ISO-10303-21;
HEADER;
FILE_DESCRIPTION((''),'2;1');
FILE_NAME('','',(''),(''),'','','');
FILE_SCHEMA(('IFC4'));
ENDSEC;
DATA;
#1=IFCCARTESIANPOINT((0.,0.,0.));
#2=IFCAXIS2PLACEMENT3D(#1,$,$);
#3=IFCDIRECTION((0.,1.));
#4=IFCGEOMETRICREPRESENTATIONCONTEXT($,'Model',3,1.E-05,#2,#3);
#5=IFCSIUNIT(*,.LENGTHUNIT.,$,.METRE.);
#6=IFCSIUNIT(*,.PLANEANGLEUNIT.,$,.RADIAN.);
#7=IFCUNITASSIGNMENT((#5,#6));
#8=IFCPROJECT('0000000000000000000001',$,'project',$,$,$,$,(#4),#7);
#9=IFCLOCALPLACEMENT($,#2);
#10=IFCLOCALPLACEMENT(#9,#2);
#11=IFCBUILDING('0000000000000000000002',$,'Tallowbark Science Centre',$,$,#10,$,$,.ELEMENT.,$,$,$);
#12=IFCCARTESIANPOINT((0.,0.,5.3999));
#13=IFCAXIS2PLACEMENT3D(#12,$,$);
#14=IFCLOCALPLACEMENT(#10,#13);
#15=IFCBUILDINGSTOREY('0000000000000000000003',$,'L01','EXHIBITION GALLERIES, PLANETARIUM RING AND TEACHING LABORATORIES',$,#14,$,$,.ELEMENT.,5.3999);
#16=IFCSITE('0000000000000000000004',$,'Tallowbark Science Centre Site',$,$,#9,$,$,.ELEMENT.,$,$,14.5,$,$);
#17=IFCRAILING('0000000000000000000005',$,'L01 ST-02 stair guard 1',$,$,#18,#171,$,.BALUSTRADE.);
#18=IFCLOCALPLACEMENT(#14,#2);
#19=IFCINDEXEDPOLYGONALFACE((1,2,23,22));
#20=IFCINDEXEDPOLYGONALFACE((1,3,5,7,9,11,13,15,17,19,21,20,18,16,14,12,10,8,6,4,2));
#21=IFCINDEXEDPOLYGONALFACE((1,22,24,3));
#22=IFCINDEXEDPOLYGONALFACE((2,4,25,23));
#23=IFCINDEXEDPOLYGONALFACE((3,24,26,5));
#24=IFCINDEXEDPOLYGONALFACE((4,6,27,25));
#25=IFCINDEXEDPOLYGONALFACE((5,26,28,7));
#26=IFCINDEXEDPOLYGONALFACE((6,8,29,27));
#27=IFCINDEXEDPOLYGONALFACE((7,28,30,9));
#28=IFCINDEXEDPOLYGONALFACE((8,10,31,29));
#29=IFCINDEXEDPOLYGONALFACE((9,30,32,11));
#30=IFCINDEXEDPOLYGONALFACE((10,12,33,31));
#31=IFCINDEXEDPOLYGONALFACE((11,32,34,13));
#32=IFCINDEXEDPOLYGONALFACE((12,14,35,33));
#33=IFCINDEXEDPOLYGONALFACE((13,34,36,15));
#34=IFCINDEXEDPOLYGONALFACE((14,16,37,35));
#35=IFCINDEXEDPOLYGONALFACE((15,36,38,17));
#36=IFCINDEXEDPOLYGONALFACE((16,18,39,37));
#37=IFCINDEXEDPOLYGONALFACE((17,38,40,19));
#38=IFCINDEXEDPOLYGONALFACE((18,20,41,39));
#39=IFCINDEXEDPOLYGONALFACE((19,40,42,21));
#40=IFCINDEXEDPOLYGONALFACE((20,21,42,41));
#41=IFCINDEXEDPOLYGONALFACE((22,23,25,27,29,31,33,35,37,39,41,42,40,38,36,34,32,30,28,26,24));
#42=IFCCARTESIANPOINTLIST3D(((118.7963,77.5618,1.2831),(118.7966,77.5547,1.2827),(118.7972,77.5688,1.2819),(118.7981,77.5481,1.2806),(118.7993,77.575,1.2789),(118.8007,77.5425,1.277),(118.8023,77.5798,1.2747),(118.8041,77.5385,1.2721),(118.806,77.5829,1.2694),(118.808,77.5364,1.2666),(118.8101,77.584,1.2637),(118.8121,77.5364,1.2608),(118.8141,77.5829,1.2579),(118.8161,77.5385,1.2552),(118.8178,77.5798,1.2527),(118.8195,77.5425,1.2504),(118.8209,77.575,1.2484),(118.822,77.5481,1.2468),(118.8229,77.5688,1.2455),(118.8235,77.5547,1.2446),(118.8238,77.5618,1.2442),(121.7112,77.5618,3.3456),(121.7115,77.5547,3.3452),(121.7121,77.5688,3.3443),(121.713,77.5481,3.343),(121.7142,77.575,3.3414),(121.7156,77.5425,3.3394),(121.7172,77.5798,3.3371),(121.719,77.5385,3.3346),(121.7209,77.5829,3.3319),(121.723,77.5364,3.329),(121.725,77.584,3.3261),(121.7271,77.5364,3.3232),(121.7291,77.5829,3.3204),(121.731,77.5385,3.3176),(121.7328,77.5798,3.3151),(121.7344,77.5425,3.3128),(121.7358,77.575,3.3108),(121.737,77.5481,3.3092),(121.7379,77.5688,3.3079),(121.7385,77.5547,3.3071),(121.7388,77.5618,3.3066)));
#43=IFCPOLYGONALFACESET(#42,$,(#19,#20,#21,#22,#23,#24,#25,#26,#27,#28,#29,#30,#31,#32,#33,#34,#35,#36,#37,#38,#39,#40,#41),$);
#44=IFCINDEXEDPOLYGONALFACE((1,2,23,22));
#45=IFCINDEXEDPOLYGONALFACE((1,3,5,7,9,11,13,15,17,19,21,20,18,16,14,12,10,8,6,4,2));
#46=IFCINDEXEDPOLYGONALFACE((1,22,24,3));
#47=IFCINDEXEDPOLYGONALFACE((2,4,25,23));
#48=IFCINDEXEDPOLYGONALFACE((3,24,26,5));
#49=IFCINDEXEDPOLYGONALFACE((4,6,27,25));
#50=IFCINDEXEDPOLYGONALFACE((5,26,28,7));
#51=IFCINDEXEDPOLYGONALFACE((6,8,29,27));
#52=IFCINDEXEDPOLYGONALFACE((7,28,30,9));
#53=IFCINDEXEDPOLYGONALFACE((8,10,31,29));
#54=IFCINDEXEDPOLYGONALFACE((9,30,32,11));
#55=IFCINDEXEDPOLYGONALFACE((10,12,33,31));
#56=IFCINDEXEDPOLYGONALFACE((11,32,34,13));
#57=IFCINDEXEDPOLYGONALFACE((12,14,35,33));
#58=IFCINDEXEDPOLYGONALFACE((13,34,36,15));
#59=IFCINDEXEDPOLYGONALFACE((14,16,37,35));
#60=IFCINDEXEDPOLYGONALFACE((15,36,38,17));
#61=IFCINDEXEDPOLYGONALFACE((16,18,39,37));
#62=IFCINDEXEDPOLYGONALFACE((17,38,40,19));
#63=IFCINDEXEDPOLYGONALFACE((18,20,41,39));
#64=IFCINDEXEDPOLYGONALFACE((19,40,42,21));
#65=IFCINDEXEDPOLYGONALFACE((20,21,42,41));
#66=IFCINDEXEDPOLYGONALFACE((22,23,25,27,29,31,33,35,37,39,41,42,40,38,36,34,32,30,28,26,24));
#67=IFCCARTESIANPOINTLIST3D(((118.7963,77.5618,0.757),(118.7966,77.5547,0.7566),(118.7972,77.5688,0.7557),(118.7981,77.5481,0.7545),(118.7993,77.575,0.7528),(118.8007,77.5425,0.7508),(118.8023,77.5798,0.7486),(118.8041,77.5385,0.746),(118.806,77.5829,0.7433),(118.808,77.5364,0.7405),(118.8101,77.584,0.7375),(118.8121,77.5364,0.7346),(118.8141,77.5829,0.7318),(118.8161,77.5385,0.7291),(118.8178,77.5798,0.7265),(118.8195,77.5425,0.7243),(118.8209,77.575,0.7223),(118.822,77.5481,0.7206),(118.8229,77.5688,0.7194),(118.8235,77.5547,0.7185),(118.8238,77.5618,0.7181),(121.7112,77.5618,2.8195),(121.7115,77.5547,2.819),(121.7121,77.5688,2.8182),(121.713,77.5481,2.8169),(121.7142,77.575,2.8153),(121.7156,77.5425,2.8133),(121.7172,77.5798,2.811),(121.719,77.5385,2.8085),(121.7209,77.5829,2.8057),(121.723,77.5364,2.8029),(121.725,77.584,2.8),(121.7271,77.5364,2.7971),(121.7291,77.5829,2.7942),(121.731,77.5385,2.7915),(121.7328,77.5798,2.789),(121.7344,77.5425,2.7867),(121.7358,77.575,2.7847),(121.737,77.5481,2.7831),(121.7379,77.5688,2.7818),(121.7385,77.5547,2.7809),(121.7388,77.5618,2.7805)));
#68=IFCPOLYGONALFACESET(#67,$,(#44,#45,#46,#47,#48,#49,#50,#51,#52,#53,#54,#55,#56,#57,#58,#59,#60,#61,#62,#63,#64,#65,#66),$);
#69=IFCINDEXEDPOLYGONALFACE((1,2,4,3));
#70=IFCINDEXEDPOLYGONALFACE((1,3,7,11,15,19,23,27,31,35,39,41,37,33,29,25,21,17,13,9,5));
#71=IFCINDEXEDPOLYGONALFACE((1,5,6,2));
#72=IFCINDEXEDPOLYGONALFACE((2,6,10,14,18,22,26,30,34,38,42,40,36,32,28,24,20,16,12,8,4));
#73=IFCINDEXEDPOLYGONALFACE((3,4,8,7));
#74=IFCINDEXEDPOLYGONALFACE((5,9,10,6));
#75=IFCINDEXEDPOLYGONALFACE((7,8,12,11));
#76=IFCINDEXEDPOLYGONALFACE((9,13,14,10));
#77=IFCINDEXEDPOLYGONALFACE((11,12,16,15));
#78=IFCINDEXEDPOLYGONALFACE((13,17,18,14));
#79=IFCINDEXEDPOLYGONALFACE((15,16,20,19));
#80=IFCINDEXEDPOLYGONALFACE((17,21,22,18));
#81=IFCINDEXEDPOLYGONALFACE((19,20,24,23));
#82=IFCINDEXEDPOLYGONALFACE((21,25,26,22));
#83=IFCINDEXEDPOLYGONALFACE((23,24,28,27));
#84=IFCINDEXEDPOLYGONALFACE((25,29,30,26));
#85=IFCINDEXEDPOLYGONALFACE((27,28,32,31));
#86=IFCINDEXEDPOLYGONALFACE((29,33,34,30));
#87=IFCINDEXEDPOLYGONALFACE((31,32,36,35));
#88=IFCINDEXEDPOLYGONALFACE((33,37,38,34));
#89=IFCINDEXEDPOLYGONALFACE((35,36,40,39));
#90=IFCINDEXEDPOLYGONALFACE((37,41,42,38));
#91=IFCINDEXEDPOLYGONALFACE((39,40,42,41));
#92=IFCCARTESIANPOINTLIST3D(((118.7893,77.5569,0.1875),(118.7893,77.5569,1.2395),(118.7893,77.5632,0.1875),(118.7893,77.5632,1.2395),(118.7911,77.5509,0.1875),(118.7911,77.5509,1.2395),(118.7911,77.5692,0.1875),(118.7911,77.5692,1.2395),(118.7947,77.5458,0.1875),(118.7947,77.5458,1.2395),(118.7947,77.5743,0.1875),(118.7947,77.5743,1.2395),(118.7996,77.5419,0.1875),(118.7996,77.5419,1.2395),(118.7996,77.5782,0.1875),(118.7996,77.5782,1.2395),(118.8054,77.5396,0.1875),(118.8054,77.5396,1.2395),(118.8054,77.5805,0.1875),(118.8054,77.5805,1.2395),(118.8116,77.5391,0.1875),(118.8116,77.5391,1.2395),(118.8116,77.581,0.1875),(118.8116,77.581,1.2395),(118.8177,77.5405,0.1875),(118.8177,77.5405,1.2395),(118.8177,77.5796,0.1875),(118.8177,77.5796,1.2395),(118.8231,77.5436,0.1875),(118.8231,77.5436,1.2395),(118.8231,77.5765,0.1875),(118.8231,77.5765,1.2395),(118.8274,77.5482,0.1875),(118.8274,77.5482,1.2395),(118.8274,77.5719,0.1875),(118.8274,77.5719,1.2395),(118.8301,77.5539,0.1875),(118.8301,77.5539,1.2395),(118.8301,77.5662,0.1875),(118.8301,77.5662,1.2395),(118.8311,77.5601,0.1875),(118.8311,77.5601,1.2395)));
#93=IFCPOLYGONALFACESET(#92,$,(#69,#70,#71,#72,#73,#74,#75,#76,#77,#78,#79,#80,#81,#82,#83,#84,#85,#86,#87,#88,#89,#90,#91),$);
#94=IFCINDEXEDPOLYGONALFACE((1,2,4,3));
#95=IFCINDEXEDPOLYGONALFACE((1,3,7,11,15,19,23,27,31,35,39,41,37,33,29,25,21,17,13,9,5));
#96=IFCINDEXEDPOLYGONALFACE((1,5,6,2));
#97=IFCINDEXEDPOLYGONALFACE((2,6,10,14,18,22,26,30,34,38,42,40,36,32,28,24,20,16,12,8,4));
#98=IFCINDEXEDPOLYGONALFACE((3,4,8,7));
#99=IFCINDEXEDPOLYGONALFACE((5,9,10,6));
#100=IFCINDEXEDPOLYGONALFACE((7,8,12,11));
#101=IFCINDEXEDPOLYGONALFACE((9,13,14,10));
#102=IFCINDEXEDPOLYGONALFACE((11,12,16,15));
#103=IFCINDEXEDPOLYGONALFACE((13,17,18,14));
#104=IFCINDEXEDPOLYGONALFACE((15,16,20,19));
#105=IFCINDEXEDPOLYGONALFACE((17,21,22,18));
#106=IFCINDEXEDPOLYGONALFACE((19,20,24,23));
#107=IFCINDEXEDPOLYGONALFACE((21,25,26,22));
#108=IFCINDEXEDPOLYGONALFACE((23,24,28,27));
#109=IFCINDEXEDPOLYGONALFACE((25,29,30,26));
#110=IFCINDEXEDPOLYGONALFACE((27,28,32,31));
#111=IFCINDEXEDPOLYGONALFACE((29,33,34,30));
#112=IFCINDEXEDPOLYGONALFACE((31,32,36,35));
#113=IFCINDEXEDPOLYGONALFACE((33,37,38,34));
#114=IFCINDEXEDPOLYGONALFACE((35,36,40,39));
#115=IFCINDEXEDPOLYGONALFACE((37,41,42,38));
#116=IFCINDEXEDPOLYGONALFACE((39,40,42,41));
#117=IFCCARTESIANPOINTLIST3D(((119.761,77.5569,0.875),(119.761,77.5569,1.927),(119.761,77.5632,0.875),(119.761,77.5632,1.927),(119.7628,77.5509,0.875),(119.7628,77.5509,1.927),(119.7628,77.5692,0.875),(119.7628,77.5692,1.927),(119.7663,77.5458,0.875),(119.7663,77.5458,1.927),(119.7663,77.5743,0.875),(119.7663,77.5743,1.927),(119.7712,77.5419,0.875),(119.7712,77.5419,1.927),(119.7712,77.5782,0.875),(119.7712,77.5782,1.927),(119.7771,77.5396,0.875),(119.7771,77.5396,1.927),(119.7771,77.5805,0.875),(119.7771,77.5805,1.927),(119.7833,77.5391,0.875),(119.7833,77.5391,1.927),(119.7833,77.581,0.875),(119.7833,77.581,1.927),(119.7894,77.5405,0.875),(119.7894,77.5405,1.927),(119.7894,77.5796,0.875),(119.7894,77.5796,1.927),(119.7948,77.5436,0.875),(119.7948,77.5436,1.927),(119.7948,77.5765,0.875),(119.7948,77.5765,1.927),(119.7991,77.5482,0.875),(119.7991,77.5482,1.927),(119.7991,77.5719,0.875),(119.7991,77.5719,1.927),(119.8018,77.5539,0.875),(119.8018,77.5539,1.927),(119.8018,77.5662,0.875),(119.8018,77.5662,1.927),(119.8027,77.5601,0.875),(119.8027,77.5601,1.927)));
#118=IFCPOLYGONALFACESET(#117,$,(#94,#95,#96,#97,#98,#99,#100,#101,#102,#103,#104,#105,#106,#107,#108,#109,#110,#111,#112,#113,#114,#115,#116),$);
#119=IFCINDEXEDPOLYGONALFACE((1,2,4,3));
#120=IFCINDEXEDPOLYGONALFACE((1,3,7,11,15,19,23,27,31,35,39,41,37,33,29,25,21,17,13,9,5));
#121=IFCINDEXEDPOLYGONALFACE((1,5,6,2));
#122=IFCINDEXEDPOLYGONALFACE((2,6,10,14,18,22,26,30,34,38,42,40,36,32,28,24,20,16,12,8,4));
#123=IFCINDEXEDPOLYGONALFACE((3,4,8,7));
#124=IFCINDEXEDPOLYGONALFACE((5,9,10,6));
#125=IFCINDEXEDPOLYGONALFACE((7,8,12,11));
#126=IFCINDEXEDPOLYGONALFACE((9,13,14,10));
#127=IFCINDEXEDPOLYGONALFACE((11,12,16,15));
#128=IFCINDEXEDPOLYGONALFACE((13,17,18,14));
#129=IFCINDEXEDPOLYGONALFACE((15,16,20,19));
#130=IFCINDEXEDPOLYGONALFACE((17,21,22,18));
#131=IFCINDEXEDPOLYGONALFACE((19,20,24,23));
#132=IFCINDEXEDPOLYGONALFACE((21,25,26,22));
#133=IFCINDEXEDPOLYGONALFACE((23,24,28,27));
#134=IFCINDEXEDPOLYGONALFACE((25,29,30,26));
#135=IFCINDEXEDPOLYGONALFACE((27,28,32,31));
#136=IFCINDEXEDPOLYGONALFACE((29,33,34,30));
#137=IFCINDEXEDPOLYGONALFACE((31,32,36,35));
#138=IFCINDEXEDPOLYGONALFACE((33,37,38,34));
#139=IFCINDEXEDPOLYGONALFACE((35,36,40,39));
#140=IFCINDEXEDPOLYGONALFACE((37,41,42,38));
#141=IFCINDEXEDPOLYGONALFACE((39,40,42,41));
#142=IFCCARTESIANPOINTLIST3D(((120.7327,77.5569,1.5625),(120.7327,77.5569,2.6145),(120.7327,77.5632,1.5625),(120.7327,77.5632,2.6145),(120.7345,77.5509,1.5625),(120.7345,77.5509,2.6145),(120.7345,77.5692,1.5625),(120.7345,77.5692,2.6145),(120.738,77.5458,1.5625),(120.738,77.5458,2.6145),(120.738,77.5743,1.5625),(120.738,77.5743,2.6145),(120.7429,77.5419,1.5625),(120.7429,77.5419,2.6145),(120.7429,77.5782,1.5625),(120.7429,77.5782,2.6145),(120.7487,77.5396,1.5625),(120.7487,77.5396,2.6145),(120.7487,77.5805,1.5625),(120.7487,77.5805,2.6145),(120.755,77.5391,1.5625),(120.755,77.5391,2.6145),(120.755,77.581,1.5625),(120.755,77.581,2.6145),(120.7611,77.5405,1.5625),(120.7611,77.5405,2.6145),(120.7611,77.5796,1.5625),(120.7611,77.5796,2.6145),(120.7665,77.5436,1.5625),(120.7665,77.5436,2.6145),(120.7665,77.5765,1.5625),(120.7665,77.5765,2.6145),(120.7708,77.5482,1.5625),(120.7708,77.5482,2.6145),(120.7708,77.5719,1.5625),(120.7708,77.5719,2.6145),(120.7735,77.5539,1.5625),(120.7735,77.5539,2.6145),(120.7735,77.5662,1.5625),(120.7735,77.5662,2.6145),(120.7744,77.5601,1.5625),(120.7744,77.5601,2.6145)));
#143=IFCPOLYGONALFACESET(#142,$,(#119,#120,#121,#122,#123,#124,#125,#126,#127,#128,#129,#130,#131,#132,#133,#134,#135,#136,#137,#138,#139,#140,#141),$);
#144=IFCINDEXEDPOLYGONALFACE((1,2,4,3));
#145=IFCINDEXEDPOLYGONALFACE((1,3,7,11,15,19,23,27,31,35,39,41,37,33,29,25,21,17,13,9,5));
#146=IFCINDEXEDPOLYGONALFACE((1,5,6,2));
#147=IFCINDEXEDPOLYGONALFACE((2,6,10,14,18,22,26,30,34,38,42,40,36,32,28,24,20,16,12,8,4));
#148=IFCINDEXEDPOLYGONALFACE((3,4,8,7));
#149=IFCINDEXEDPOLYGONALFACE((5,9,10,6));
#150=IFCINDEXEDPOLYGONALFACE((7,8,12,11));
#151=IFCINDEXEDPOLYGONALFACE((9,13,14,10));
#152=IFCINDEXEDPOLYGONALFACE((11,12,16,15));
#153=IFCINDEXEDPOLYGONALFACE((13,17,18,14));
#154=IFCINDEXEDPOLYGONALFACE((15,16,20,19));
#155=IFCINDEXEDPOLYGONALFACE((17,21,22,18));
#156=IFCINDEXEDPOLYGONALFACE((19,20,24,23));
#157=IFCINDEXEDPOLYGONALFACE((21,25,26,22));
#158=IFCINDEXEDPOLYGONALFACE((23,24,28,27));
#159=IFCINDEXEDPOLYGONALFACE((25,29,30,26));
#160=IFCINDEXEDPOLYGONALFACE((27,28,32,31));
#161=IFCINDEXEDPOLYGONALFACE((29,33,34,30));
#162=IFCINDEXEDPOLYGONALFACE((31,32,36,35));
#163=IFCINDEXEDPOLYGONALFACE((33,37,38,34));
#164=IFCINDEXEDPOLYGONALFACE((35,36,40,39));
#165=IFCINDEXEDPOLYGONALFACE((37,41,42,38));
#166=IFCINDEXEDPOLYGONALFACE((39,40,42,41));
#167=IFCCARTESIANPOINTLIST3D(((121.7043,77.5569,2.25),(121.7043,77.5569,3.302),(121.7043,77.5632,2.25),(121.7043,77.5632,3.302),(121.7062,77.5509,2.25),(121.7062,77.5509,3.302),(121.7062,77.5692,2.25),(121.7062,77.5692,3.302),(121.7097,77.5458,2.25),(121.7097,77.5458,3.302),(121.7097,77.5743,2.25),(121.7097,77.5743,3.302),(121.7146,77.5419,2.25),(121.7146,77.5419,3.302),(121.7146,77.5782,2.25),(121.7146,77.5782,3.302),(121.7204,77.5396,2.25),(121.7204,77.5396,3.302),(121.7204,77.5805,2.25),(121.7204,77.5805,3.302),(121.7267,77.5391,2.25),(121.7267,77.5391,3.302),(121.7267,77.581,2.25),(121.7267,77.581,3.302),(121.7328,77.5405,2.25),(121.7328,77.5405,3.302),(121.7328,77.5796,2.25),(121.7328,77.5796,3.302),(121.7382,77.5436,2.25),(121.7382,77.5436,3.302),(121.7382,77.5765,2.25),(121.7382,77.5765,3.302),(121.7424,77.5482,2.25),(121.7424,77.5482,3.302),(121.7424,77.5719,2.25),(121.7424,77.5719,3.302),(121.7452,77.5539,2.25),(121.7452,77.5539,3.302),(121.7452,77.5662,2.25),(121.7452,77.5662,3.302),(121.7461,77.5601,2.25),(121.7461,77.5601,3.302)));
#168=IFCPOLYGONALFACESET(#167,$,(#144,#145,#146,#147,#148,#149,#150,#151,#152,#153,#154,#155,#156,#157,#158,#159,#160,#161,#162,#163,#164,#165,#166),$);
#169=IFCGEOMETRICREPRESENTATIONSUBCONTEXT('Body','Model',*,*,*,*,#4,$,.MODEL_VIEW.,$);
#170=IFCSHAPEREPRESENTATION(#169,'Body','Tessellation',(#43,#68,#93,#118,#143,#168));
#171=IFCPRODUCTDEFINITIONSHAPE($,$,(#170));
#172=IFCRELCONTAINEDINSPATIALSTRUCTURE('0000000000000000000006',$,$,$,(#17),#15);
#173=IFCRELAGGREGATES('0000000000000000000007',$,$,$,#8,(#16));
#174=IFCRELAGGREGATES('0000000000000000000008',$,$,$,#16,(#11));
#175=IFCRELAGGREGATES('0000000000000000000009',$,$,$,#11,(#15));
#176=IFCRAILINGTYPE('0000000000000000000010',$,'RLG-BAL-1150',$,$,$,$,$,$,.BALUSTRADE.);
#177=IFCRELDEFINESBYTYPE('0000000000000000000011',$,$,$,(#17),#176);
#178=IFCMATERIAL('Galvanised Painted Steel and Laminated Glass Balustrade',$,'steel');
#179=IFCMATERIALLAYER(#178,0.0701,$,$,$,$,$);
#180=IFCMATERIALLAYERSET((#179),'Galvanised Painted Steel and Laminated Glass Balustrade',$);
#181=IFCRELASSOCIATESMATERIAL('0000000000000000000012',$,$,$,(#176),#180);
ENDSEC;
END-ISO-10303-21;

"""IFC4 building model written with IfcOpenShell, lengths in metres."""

from ifc_helpers import new_model, si_unit, direction, frame, origin, origin_2d, place, context, subcontext, project, spatial, circle, extrude, material, layer, layer_set, type_object, element, save


model = new_model("IFC4")

# Units and contexts
model_context = context("Model", 3, precision=1e-05, world=origin(), true_north=direction((0.0, 1.0)))
body_context = subcontext(model_context, "Body", "Model", "MODEL_VIEW")
ifc_project = project(units=[si_unit("LENGTHUNIT", "METRE"), si_unit("PLANEANGLEUNIT", "RADIAN")], contexts=[model_context])

# Site, building, storey
site_placement = place(None, origin())
site = spatial("IfcSite", under=ifc_project, at=site_placement, Name="Tallowbark Science Centre Site", CompositionType="ELEMENT", RefElevation=14.5)
building_placement = place(site_placement, origin())
building = spatial("IfcBuilding", under=site, at=building_placement, Name="Tallowbark Science Centre", CompositionType="ELEMENT")
storey_placement = place(building_placement, frame((0.0, 0.0, 5.3999)))
storey = spatial("IfcBuildingStorey", under=building, at=storey_placement, Name="L01", Description="EXHIBITION GALLERIES, PLANETARIUM RING AND TEACHING LABORATORIES", CompositionType="ELEMENT", Elevation=5.3999)

# Railing
ifc_material_1 = material(Name="Galvanised Painted Steel and Laminated Glass Balustrade", Category="steel")
ifc_layer_1 = layer(ifc_material_1, 0.0701)
ifc_layer_set_1 = layer_set([ifc_layer_1], Name="Galvanised Painted Steel and Laminated Glass Balustrade")
railing_type_1 = type_object("IfcRailingType", Name="RLG-BAL-1150", PredefinedType="BALUSTRADE", material=ifc_layer_set_1)
railing_1_placement = place(storey_placement, frame((118.8101, 77.5601, 0.1875)))
element("IfcRailing", 1, at=railing_1_placement, inside=storey, type_object=railing_type_1, Name="L01 ST-02 stair guard 1", PredefinedType="BALUSTRADE", context=body_context, shape_type="SweptSolid", body=[
    extrude(circle(Radius=0.0239, at=origin_2d()), frame((0.0, 0.0, 1.0762), z_axis=(0.816331, 0.0, 0.577585), x_axis=(0.0, 1.0, 0.0)), (0.0, 0.0, 1.0), 3.5708),
    extrude(circle(Radius=0.0239, at=origin_2d()), frame((0.0, 0.0, 0.55), z_axis=(0.816331, 0.0, 0.577585), x_axis=(0.0, 1.0, 0.0)), (0.0, 0.0, 1.0), 3.5708),
    extrude(circle(Radius=0.021, at=origin_2d()), origin(), (0.0, 0.0, 1.0), 1.052),
    extrude(circle(Radius=0.021, at=origin_2d()), frame((0.9717, 0.0, 0.6875)), (0.0, 0.0, 1.0), 1.052),
    extrude(circle(Radius=0.021, at=origin_2d()), frame((1.9434, 0.0, 1.375)), (0.0, 0.0, 1.0), 1.052),
    extrude(circle(Radius=0.021, at=origin_2d()), frame((2.915, 0.0, 2.0625)), (0.0, 0.0, 1.0), 1.052),
])

save(model, "model.ifc")
